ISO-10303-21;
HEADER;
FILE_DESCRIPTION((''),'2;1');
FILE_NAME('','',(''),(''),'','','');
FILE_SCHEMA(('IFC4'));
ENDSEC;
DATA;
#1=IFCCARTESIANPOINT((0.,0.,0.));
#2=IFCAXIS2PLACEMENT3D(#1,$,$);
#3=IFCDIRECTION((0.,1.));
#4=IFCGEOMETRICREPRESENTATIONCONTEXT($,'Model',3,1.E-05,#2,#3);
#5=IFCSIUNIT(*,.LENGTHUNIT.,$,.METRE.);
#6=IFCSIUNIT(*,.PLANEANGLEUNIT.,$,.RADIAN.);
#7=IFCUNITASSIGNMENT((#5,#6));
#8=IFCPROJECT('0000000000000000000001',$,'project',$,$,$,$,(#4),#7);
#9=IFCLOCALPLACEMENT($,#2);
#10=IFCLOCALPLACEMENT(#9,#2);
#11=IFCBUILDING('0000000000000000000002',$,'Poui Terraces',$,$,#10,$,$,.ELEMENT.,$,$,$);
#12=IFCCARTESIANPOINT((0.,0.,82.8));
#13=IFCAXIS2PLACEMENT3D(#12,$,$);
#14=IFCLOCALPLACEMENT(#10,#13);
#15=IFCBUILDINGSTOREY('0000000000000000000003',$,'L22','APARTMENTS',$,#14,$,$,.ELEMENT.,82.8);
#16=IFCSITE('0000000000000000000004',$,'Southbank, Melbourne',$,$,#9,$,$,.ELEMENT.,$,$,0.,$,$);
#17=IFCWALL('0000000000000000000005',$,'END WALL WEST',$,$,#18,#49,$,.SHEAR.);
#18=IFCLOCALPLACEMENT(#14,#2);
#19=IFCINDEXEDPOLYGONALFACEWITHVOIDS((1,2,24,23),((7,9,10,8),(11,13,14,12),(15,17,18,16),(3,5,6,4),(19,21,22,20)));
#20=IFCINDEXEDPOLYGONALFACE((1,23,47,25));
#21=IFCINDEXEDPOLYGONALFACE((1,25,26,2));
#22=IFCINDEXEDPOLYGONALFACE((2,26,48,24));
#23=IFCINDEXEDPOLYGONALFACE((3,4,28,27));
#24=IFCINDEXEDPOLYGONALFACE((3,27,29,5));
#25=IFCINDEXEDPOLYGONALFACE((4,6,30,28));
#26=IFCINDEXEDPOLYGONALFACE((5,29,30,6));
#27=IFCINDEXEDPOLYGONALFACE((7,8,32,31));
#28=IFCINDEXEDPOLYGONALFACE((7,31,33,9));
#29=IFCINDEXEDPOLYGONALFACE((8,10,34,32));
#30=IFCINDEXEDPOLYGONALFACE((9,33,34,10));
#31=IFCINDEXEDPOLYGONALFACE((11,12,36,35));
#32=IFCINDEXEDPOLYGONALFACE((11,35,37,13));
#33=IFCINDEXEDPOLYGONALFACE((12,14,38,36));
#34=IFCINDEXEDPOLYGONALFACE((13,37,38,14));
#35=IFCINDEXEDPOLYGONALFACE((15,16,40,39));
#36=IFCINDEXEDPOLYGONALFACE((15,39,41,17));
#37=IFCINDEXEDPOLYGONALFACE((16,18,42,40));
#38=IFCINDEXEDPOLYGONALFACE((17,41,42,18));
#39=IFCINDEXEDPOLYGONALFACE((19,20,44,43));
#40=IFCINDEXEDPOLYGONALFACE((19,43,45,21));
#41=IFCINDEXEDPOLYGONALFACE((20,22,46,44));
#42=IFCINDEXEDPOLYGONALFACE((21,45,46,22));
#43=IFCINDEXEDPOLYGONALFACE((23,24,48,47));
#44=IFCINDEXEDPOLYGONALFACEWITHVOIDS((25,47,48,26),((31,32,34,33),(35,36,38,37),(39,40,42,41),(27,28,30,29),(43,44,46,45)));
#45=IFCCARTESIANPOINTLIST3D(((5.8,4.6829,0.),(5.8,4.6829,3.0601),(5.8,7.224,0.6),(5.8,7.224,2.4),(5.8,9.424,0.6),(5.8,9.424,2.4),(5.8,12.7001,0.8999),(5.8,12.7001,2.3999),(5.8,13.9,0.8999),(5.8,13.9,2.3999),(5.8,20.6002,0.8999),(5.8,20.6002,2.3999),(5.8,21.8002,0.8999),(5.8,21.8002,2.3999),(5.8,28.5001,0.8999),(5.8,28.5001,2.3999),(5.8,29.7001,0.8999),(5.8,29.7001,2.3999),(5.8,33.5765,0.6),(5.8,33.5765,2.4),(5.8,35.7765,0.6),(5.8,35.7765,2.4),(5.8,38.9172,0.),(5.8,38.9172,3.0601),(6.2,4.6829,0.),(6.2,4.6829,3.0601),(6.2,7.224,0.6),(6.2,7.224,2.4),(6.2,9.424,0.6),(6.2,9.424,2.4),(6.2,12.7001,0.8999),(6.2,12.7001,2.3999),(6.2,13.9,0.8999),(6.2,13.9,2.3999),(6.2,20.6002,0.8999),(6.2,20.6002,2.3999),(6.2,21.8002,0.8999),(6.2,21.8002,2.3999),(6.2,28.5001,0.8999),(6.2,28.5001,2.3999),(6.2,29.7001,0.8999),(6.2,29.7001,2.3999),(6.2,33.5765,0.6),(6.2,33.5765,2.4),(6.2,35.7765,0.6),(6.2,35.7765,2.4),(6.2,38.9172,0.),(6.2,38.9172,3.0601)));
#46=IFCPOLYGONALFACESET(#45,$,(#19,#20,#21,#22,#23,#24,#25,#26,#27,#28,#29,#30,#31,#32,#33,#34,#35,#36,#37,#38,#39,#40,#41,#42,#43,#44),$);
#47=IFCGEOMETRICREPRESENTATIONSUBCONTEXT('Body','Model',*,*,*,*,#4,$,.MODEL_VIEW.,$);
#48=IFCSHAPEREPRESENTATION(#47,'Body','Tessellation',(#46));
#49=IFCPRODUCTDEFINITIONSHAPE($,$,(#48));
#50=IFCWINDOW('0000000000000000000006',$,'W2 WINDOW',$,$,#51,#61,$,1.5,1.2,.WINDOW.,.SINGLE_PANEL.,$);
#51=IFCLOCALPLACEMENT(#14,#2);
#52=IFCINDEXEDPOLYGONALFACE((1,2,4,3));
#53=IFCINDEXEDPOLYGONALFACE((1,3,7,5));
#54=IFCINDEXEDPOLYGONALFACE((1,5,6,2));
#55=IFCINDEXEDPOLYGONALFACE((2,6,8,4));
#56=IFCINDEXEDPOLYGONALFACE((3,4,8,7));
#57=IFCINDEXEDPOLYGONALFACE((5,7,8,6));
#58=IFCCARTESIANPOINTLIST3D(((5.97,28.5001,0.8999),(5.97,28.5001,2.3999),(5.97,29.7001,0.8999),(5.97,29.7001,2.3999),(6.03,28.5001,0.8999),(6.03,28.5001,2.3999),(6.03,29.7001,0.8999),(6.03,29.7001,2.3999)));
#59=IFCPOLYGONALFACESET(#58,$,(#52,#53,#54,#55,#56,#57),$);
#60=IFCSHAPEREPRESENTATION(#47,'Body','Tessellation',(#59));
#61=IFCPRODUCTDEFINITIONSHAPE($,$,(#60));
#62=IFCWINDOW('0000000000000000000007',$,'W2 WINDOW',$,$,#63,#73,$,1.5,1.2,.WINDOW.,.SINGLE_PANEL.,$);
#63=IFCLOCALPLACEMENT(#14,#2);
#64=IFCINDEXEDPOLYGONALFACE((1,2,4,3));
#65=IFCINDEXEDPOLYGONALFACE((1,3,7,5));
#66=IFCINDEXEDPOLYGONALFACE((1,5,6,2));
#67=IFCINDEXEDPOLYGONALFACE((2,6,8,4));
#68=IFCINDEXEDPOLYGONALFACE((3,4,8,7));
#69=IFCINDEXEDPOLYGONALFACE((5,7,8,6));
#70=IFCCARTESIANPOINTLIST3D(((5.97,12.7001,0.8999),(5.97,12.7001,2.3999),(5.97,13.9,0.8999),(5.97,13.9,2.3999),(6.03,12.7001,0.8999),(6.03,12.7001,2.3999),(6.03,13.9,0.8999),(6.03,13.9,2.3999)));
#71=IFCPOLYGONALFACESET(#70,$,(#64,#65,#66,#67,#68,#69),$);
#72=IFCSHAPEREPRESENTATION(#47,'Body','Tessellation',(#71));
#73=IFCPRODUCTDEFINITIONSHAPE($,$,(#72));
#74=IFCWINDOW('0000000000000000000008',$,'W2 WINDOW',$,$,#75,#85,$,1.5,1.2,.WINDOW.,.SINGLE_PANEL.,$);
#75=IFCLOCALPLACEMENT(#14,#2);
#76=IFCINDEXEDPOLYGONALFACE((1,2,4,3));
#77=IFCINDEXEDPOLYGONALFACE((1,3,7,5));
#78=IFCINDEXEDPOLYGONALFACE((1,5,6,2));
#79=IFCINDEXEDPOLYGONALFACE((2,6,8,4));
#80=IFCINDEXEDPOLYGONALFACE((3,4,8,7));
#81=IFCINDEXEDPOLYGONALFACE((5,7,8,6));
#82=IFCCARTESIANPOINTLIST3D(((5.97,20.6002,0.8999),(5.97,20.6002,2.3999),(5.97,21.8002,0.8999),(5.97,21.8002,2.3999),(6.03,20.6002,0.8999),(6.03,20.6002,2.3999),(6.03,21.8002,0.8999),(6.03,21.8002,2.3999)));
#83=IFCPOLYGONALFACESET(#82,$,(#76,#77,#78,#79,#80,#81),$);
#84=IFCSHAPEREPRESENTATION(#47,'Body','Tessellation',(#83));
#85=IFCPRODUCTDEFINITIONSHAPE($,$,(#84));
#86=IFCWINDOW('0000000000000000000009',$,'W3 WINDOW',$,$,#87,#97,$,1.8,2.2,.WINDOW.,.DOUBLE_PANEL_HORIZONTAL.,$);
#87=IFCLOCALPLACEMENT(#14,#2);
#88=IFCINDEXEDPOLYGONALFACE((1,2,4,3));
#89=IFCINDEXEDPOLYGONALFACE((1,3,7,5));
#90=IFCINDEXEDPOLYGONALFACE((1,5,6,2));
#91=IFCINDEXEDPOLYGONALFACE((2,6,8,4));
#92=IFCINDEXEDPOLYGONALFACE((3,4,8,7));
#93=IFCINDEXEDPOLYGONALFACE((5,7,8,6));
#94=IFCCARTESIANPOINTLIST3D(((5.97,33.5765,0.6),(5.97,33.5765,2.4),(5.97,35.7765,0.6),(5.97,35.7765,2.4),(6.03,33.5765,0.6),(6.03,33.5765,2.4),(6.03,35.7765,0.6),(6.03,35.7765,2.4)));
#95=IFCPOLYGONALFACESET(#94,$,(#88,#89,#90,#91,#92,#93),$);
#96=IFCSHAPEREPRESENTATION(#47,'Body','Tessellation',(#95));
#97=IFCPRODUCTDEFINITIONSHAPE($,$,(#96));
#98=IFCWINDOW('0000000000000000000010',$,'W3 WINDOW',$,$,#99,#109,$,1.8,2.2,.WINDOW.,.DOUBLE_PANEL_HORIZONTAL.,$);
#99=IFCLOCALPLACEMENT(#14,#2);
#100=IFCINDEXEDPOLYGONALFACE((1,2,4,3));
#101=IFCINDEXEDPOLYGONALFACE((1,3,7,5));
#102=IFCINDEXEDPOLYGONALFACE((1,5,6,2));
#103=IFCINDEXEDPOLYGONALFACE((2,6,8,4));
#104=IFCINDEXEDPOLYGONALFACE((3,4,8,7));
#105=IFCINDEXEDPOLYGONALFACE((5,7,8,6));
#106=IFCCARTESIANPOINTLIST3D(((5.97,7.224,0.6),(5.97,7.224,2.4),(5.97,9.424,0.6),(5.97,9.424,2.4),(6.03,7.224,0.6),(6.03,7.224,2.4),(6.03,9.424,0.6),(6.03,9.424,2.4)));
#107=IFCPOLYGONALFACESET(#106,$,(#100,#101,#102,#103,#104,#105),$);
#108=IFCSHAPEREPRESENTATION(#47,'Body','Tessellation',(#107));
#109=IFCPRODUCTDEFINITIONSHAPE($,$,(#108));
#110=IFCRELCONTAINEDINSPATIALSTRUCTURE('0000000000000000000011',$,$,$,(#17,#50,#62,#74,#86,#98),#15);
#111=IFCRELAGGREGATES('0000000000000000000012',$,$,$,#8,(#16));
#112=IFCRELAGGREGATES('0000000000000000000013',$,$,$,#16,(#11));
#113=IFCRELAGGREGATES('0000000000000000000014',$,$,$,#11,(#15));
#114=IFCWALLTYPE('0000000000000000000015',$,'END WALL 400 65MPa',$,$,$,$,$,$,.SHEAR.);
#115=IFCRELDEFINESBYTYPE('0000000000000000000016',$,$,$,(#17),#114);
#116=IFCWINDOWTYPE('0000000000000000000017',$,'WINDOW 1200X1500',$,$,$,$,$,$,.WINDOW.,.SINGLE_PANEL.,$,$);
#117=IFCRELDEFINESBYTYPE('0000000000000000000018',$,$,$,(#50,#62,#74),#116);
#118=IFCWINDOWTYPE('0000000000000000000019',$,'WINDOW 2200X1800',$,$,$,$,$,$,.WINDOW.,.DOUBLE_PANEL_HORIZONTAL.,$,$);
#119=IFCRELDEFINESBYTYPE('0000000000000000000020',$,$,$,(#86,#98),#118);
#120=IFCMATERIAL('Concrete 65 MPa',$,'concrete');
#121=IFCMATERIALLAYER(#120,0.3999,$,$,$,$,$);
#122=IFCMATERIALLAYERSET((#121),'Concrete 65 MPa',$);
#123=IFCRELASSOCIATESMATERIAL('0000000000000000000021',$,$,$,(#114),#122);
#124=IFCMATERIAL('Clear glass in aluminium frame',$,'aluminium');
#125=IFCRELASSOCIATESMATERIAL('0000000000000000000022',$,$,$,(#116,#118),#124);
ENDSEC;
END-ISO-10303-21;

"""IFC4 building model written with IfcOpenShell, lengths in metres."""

from ifc_helpers import new_model, si_unit, direction, frame, frame_2d, origin, place, context, subcontext, project, spatial, rectangle, extrude, material, layer, layer_set, type_object, element, fill, save


model = new_model("IFC4")

# Units and contexts
model_context = context("Model", 3, precision=1e-05, world=origin(), true_north=direction((0.0, 1.0)))
body_context = subcontext(model_context, "Body", "Model", "MODEL_VIEW")
ifc_project = project(units=[si_unit("LENGTHUNIT", "METRE"), si_unit("PLANEANGLEUNIT", "RADIAN")], contexts=[model_context])

# Site, building, storey
site_placement = place(None, origin())
site = spatial("IfcSite", under=ifc_project, at=site_placement, Name="Southbank, Melbourne", CompositionType="ELEMENT", RefElevation=0.0)
building_placement = place(site_placement, origin())
building = spatial("IfcBuilding", under=site, at=building_placement, Name="Poui Terraces", CompositionType="ELEMENT")
storey_placement = place(building_placement, frame((0.0, 0.0, 82.8)))
storey = spatial("IfcBuildingStorey", under=building, at=storey_placement, Name="L22", Description="APARTMENTS", CompositionType="ELEMENT", Elevation=82.8)

# Shared definitions
ifc_material_1 = material(Name="Concrete 65 MPa", Category="concrete")

# Wall, openings, windows
ifc_layer_1 = layer(ifc_material_1, 0.3999)
ifc_layer_set_1 = layer_set([ifc_layer_1], Name="Concrete 65 MPa")
wall_type_1 = type_object("IfcWallType", Name="END WALL 400 65MPa", PredefinedType="SHEAR", material=ifc_layer_set_1)
wall_1_placement = place(storey_placement, frame((6.0, 4.6829, 0.0), z_axis=(0.0, 0.0, 1.0), x_axis=(0.0, 1.0, 0.0)))
wall_1 = element("IfcWall", 1, at=wall_1_placement, inside=storey, type_object=wall_type_1, Name="END WALL WEST", PredefinedType="SHEAR", context=body_context, shape_type="SweptSolid", body=[
    extrude(rectangle(XDim=34.2344, YDim=0.3999, at=frame_2d((17.1172, 0.0))), origin(), (0.0, 0.0, 1.0), 3.0601),
])
opening_1_placement = place(wall_1_placement, frame((23.8171, 0.0, 0.8999)))
opening_1 = element("IfcOpeningElement", 2, at=opening_1_placement, cuts=wall_1, PredefinedType="OPENING", context=body_context, shape_type="SweptSolid", body=[
    extrude(rectangle(XDim=1.2, YDim=1.5, at=frame_2d((0.6001, 0.75))), frame((0.0, 0.21, 0.0), z_axis=(0.0, -1.0, 0.0), x_axis=(1.0, 0.0, 0.0)), (0.0, 0.0, 1.0), 0.4199),
])
opening_2_placement = place(wall_1_placement, frame((8.0171, 0.0, 0.8999)))
opening_2 = element("IfcOpeningElement", 3, at=opening_2_placement, cuts=wall_1, PredefinedType="OPENING", context=body_context, shape_type="SweptSolid", body=[
    extrude(rectangle(XDim=1.2, YDim=1.5, at=frame_2d((0.6001, 0.75))), frame((0.0, 0.21, 0.0), z_axis=(0.0, -1.0, 0.0), x_axis=(1.0, 0.0, 0.0)), (0.0, 0.0, 1.0), 0.4199),
])
opening_3_placement = place(wall_1_placement, frame((15.9172, 0.0, 0.8999)))
opening_3 = element("IfcOpeningElement", 4, at=opening_3_placement, cuts=wall_1, PredefinedType="OPENING", context=body_context, shape_type="SweptSolid", body=[
    extrude(rectangle(XDim=1.2, YDim=1.5, at=frame_2d((0.6001, 0.75))), frame((0.0, 0.21, 0.0), z_axis=(0.0, -1.0, 0.0), x_axis=(1.0, 0.0, 0.0)), (0.0, 0.0, 1.0), 0.4199),
])
opening_4_placement = place(wall_1_placement, frame((28.8936, 0.0, 0.6001)))
opening_4 = element("IfcOpeningElement", 5, at=opening_4_placement, cuts=wall_1, PredefinedType="OPENING", context=body_context, shape_type="SweptSolid", body=[
    extrude(rectangle(XDim=2.2, YDim=1.8, at=frame_2d((1.1001, 0.8999))), frame((0.0, 0.21, 0.0), z_axis=(0.0, -1.0, 0.0), x_axis=(1.0, 0.0, 0.0)), (0.0, 0.0, 1.0), 0.4199),
])
opening_5_placement = place(wall_1_placement, frame((2.541, 0.0, 0.6001)))
opening_5 = element("IfcOpeningElement", 6, at=opening_5_placement, cuts=wall_1, PredefinedType="OPENING", context=body_context, shape_type="SweptSolid", body=[
    extrude(rectangle(XDim=2.2, YDim=1.8, at=frame_2d((1.1001, 0.8999))), frame((0.0, 0.21, 0.0), z_axis=(0.0, -1.0, 0.0), x_axis=(1.0, 0.0, 0.0)), (0.0, 0.0, 1.0), 0.4199),
])
ifc_material_2 = material(Name="Clear glass in aluminium frame", Category="aluminium")
window_type_1 = type_object("IfcWindowType", Name="WINDOW 1200X1500", PartitioningType="SINGLE_PANEL", PredefinedType="WINDOW", material=ifc_material_2)
window_1_placement = place(opening_1_placement, origin())
window_1 = element("IfcWindow", 7, at=window_1_placement, inside=storey, type_object=window_type_1, Name="W2 WINDOW", OverallHeight=1.5, OverallWidth=1.2, PartitioningType="SINGLE_PANEL", PredefinedType="WINDOW", context=body_context, shape_type="SweptSolid", body=[
    extrude(rectangle(XDim=1.2, YDim=1.5, at=frame_2d((0.6001, 0.75))), frame((0.0, 0.03, 0.0), z_axis=(0.0, -1.0, 0.0), x_axis=(1.0, 0.0, 0.0)), (0.0, 0.0, 1.0), 0.0601),
])
fill(opening_1, window_1)
window_2_placement = place(opening_2_placement, origin())
window_2 = element("IfcWindow", 8, at=window_2_placement, inside=storey, type_object=window_type_1, Name="W2 WINDOW", OverallHeight=1.5, OverallWidth=1.2, PartitioningType="SINGLE_PANEL", PredefinedType="WINDOW", context=body_context, shape_type="SweptSolid", body=[
    extrude(rectangle(XDim=1.2, YDim=1.5, at=frame_2d((0.6001, 0.75))), frame((0.0, 0.03, 0.0), z_axis=(0.0, -1.0, 0.0), x_axis=(1.0, 0.0, 0.0)), (0.0, 0.0, 1.0), 0.0601),
])
fill(opening_2, window_2)
window_3_placement = place(opening_3_placement, origin())
window_3 = element("IfcWindow", 9, at=window_3_placement, inside=storey, type_object=window_type_1, Name="W2 WINDOW", OverallHeight=1.5, OverallWidth=1.2, PartitioningType="SINGLE_PANEL", PredefinedType="WINDOW", context=body_context, shape_type="SweptSolid", body=[
    extrude(rectangle(XDim=1.2, YDim=1.5, at=frame_2d((0.6001, 0.75))), frame((0.0, 0.03, 0.0), z_axis=(0.0, -1.0, 0.0), x_axis=(1.0, 0.0, 0.0)), (0.0, 0.0, 1.0), 0.0601),
])
fill(opening_3, window_3)
window_type_2 = type_object("IfcWindowType", Name="WINDOW 2200X1800", PartitioningType="DOUBLE_PANEL_HORIZONTAL", PredefinedType="WINDOW", material=ifc_material_2)
window_4_placement = place(opening_4_placement, origin())
window_4 = element("IfcWindow", 10, at=window_4_placement, inside=storey, type_object=window_type_2, Name="W3 WINDOW", OverallHeight=1.8, OverallWidth=2.2, PartitioningType="DOUBLE_PANEL_HORIZONTAL", PredefinedType="WINDOW", context=body_context, shape_type="SweptSolid", body=[
    extrude(rectangle(XDim=2.2, YDim=1.8, at=frame_2d((1.1001, 0.8999))), frame((0.0, 0.03, 0.0), z_axis=(0.0, -1.0, 0.0), x_axis=(1.0, 0.0, 0.0)), (0.0, 0.0, 1.0), 0.0601),
])
fill(opening_4, window_4)
window_5_placement = place(opening_5_placement, origin())
window_5 = element("IfcWindow", 11, at=window_5_placement, inside=storey, type_object=window_type_2, Name="W3 WINDOW", OverallHeight=1.8, OverallWidth=2.2, PartitioningType="DOUBLE_PANEL_HORIZONTAL", PredefinedType="WINDOW", context=body_context, shape_type="SweptSolid", body=[
    extrude(rectangle(XDim=2.2, YDim=1.8, at=frame_2d((1.1001, 0.8999))), frame((0.0, 0.03, 0.0), z_axis=(0.0, -1.0, 0.0), x_axis=(1.0, 0.0, 0.0)), (0.0, 0.0, 1.0), 0.0601),
])
fill(opening_5, window_5)

save(model, "model.ifc")
